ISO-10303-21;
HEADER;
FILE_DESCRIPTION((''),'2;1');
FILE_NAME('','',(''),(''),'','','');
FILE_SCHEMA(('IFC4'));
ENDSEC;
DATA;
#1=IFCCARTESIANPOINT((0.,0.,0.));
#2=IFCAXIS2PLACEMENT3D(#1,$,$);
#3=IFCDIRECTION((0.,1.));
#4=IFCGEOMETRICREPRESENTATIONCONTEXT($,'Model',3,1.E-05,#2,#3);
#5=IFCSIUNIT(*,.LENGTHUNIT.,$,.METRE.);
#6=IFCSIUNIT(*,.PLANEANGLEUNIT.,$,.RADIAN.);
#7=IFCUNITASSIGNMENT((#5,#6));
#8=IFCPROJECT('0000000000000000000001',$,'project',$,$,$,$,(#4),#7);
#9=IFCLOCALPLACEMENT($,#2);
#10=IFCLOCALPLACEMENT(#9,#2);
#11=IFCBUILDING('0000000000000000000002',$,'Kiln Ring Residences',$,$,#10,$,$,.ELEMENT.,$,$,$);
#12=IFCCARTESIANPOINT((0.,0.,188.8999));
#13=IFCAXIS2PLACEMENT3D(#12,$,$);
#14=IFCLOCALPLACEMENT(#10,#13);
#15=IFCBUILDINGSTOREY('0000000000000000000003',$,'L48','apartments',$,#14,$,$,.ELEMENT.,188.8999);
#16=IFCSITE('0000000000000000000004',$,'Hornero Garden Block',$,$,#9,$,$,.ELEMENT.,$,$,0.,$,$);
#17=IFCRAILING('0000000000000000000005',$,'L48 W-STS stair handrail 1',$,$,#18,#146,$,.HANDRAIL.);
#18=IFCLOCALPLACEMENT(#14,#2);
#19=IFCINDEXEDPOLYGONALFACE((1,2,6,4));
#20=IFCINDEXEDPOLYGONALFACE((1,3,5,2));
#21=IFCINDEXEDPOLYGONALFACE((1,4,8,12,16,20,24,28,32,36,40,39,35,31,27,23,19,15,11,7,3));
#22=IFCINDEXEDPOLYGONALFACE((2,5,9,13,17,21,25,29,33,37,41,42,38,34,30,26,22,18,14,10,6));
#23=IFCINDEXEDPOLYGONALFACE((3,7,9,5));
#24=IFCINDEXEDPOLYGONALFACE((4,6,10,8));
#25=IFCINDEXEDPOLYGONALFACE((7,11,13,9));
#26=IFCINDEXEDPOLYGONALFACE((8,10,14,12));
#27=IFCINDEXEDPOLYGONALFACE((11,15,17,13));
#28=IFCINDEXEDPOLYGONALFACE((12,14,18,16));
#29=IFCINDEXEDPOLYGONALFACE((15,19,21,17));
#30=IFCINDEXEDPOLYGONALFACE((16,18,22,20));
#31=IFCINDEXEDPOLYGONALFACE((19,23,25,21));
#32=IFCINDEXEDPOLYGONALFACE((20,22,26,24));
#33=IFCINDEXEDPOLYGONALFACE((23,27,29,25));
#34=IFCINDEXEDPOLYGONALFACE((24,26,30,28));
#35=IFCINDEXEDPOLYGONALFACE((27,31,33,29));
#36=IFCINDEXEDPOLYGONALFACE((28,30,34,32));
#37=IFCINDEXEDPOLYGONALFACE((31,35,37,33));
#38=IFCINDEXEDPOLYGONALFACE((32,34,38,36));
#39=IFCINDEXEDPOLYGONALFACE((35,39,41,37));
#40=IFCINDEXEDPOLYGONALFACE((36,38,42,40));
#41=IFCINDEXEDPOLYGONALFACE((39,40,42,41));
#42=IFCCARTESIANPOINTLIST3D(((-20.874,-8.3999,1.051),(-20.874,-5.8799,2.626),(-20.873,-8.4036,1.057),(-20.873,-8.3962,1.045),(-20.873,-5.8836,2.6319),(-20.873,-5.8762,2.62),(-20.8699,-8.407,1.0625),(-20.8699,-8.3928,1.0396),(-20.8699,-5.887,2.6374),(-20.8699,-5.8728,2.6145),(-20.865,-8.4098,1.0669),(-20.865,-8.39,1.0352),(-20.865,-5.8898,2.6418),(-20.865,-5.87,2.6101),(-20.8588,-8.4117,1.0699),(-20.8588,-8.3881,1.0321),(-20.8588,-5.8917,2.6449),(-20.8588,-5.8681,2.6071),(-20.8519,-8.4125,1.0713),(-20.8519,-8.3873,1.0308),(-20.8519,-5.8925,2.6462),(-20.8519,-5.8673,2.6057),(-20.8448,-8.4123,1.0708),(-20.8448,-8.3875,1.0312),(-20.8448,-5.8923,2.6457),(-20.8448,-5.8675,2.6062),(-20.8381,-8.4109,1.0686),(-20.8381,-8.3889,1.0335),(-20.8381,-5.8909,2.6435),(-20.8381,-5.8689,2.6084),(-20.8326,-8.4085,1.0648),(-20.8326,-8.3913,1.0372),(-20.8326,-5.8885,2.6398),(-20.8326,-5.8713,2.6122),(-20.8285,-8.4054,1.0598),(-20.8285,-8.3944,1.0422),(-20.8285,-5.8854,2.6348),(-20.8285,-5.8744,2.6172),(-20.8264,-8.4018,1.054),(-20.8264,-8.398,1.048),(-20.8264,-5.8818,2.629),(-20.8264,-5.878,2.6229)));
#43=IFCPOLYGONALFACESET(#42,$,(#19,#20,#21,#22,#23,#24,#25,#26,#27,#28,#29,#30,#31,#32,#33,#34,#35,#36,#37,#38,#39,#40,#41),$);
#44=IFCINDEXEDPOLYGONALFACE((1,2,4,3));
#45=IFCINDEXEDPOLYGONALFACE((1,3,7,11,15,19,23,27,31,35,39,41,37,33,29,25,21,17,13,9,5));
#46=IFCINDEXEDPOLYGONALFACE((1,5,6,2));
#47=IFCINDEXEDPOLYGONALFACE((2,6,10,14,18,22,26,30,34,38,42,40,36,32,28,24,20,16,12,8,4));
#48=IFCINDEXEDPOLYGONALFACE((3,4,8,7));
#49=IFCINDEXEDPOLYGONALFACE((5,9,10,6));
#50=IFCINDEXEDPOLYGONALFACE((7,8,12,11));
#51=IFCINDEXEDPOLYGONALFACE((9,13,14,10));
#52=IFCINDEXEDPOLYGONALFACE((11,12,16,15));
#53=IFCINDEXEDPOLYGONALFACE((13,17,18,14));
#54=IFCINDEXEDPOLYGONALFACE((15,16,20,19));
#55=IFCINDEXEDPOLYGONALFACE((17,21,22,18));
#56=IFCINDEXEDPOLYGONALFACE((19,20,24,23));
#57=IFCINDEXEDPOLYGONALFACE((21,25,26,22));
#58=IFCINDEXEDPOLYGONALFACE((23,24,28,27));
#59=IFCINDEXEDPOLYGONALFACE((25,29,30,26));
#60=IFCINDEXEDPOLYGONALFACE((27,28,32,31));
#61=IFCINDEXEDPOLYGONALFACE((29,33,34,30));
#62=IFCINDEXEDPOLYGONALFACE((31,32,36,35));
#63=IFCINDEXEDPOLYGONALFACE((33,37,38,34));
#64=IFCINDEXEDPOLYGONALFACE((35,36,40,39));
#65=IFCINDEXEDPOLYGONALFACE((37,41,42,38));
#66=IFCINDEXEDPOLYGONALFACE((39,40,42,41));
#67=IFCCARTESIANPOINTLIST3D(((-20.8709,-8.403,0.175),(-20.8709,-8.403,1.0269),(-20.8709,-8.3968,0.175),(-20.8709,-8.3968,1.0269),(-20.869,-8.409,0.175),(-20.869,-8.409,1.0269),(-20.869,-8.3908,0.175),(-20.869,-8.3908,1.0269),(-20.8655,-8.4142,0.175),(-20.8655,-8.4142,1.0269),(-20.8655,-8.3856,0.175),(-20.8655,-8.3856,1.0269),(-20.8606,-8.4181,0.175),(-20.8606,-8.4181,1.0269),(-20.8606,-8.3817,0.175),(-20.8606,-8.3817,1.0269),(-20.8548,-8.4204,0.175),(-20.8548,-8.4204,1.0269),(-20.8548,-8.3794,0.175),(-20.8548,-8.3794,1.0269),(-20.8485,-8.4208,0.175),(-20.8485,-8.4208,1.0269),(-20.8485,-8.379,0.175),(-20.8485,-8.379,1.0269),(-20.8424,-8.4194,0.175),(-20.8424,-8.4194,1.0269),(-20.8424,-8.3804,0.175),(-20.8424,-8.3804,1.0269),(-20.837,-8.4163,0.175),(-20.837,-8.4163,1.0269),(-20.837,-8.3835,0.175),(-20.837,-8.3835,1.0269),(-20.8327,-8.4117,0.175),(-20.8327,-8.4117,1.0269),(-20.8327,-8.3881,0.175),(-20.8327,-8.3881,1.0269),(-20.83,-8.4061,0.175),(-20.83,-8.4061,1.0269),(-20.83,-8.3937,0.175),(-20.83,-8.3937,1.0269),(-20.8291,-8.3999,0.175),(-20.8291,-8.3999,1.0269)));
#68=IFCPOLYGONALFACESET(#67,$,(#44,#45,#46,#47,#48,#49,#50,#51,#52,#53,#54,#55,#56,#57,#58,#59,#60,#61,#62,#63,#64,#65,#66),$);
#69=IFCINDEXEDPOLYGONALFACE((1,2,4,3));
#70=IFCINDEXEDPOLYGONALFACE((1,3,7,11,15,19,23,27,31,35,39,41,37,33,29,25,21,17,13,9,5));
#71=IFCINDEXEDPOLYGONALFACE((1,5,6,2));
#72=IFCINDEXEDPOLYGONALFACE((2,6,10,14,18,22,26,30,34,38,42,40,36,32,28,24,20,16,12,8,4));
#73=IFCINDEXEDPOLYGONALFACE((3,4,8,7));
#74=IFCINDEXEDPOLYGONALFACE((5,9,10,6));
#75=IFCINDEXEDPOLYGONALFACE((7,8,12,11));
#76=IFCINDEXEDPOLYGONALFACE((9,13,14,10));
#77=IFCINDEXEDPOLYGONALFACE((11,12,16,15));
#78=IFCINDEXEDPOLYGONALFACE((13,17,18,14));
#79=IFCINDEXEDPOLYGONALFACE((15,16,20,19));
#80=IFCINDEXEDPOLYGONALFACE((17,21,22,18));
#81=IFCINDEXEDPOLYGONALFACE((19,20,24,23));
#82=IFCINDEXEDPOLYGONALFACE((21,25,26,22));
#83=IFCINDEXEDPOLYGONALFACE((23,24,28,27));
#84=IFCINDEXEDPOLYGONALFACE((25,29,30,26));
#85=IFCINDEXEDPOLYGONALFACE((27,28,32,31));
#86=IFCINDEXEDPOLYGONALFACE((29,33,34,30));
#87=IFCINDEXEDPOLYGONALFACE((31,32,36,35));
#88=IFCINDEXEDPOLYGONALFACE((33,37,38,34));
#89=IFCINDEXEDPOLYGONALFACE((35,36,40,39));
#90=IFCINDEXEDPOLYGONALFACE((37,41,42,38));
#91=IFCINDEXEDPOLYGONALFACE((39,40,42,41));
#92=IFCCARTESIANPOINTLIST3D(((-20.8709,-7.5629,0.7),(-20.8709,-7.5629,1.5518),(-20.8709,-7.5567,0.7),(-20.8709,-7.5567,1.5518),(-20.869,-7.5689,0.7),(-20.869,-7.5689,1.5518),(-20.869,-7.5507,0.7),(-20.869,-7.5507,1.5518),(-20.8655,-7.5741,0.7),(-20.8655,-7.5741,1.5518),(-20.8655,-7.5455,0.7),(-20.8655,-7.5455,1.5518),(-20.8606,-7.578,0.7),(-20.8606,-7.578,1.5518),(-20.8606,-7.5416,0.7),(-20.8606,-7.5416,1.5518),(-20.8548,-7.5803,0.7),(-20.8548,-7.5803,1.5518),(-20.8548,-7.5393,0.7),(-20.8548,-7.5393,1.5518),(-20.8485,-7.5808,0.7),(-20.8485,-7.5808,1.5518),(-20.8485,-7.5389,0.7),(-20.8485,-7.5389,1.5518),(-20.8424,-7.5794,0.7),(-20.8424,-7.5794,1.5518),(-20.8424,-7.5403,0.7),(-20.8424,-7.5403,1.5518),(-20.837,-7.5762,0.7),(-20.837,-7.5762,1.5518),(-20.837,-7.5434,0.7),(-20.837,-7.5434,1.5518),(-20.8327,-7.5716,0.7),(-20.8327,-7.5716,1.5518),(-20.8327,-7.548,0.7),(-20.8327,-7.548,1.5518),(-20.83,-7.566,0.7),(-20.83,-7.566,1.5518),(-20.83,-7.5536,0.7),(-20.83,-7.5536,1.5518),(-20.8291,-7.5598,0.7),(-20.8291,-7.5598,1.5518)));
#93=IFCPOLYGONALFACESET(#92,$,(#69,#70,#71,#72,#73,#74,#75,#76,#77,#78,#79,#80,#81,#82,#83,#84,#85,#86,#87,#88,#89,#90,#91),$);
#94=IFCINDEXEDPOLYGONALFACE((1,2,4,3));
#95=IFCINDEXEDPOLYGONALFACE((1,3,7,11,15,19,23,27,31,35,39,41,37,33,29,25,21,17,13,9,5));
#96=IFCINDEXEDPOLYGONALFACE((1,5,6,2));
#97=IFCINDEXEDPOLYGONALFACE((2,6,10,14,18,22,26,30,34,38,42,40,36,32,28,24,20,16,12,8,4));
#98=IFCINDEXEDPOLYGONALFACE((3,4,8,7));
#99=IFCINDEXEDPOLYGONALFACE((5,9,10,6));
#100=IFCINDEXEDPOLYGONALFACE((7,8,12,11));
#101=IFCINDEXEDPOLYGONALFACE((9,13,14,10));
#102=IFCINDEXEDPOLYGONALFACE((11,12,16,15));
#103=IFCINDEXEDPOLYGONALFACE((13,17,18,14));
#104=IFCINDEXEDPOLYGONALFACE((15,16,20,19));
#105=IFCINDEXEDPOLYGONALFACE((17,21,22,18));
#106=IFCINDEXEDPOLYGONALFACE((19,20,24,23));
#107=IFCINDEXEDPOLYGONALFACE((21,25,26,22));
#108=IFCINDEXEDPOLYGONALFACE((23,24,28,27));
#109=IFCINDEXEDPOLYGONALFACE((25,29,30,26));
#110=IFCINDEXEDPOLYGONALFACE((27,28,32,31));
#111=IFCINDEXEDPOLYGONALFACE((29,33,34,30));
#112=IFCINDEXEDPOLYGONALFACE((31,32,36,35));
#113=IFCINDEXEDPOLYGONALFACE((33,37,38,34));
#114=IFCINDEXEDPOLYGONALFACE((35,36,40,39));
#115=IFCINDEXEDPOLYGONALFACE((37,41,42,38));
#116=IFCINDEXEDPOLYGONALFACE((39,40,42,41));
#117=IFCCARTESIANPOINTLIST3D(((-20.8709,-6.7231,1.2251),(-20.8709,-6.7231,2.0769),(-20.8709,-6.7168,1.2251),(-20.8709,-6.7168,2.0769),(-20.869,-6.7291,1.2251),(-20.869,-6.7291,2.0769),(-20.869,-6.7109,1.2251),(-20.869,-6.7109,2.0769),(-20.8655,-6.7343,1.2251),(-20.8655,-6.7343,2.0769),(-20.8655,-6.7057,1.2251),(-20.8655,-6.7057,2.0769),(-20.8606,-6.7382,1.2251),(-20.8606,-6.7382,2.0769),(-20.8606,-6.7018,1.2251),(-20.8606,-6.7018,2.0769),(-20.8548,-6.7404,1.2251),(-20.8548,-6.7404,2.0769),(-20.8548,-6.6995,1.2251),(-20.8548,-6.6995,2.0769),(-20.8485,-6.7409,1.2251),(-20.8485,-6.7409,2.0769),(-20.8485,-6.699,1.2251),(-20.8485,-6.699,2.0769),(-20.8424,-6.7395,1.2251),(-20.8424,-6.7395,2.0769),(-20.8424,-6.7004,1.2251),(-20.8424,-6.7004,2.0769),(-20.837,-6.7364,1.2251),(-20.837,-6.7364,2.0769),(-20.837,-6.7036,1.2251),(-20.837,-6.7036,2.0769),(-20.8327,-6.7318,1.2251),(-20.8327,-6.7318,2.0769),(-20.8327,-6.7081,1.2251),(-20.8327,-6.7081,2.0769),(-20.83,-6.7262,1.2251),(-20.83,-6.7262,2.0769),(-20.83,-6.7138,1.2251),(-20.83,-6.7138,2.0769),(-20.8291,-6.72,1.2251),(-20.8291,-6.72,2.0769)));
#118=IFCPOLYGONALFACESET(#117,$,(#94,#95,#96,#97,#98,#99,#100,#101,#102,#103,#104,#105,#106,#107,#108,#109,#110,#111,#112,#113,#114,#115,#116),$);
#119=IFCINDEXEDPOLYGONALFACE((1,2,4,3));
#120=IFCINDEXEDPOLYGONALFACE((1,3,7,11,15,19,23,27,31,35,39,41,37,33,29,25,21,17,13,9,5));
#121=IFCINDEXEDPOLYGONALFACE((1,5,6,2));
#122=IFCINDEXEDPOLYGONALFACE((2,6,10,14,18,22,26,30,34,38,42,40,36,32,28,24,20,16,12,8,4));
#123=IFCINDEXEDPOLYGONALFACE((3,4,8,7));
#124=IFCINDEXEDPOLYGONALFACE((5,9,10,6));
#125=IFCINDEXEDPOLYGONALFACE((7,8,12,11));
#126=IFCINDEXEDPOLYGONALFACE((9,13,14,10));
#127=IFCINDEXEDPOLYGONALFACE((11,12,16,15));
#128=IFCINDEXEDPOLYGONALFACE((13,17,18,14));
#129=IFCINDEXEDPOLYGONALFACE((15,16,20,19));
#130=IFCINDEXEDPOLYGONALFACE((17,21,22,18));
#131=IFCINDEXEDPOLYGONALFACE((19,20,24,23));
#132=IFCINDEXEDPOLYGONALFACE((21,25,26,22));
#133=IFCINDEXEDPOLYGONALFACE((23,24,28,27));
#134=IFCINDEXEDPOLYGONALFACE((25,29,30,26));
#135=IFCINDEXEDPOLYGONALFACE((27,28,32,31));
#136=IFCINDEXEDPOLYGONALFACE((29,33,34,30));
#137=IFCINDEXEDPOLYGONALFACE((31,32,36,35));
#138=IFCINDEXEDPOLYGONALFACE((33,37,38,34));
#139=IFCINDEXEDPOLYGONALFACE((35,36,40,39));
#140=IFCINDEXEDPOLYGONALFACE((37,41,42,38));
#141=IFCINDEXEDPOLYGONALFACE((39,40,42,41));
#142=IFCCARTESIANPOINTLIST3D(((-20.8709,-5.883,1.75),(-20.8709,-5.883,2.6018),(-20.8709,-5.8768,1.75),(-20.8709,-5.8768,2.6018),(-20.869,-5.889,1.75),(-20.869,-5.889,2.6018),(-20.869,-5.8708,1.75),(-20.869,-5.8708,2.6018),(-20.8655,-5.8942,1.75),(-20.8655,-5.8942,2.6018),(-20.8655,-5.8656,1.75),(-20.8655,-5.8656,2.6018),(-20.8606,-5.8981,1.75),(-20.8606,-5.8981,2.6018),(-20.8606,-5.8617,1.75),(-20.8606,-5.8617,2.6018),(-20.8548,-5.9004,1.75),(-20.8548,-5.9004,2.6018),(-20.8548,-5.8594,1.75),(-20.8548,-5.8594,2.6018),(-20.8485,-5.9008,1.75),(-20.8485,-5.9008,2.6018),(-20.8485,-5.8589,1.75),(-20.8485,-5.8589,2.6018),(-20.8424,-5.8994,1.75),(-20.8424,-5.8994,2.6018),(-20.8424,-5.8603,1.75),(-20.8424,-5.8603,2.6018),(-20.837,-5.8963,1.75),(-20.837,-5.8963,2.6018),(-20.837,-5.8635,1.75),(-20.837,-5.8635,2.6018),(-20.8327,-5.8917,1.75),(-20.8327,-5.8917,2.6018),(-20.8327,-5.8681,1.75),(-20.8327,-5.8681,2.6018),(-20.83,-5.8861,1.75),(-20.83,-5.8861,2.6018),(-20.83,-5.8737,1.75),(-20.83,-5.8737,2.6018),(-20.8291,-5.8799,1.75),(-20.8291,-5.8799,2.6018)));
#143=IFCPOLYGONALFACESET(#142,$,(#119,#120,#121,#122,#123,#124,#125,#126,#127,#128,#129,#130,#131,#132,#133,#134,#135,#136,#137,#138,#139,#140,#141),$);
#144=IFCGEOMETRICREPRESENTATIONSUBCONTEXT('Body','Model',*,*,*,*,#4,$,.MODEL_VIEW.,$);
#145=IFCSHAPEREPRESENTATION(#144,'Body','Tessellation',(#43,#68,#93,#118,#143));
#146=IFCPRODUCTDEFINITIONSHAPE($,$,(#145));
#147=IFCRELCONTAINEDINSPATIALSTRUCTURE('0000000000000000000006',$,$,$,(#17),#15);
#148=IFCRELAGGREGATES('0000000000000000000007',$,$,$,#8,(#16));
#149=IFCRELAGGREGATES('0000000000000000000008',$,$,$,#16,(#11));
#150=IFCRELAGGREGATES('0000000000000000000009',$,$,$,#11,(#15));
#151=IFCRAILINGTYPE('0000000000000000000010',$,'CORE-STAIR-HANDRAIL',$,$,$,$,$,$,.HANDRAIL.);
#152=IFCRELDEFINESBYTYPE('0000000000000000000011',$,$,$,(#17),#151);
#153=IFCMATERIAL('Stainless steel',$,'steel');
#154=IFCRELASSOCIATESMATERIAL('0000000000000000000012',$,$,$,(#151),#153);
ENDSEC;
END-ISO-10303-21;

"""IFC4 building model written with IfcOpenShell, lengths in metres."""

from ifc_helpers import new_model, si_unit, direction, frame, origin, origin_2d, place, context, subcontext, project, spatial, circle, extrude, material, type_object, element, save


model = new_model("IFC4")

# Units and contexts
model_context = context("Model", 3, precision=1e-05, world=origin(), true_north=direction((0.0, 1.0)))
body_context = subcontext(model_context, "Body", "Model", "MODEL_VIEW")
ifc_project = project(units=[si_unit("LENGTHUNIT", "METRE"), si_unit("PLANEANGLEUNIT", "RADIAN")], contexts=[model_context])

# Site, building, storey
site_placement = place(None, origin())
site = spatial("IfcSite", under=ifc_project, at=site_placement, Name="Hornero Garden Block", CompositionType="ELEMENT", RefElevation=0.0)
building_placement = place(site_placement, origin())
building = spatial("IfcBuilding", under=site, at=building_placement, Name="Kiln Ring Residences", CompositionType="ELEMENT")
storey_placement = place(building_placement, frame((0.0, 0.0, 188.8999)))
storey = spatial("IfcBuildingStorey", under=building, at=storey_placement, Name="L48", Description="apartments", CompositionType="ELEMENT", Elevation=188.8999)

# Railing
ifc_material_1 = material(Name="Stainless steel", Category="steel")
railing_type_1 = type_object("IfcRailingType", Name="CORE-STAIR-HANDRAIL", PredefinedType="HANDRAIL", material=ifc_material_1)
railing_1_placement = place(storey_placement, frame((-20.8501, -8.3999, 0.175)))
element("IfcRailing", 1, at=railing_1_placement, inside=storey, type_object=railing_type_1, Name="L48 W-STS stair handrail 1", PredefinedType="HANDRAIL", context=body_context, shape_type="SweptSolid", body=[
    extrude(circle(Radius=0.0239, at=origin_2d()), frame((0.0, 0.0, 0.876), z_axis=(0.0, 0.848008, 0.529984), x_axis=(-1.0, 0.0, 0.0)), (0.0, 0.0, 1.0), 2.9717),
    extrude(circle(Radius=0.021, at=origin_2d()), origin(), (0.0, 0.0, 1.0), 0.8518),
    extrude(circle(Radius=0.021, at=origin_2d()), frame((0.0, 0.8401, 0.5249)), (0.0, 0.0, 1.0), 0.8518),
    extrude(circle(Radius=0.021, at=origin_2d()), frame((0.0, 1.6799, 1.05)), (0.0, 0.0, 1.0), 0.8518),
    extrude(circle(Radius=0.021, at=origin_2d()), frame((0.0, 2.52, 1.575)), (0.0, 0.0, 1.0), 0.8518),
])

save(model, "model.ifc")
